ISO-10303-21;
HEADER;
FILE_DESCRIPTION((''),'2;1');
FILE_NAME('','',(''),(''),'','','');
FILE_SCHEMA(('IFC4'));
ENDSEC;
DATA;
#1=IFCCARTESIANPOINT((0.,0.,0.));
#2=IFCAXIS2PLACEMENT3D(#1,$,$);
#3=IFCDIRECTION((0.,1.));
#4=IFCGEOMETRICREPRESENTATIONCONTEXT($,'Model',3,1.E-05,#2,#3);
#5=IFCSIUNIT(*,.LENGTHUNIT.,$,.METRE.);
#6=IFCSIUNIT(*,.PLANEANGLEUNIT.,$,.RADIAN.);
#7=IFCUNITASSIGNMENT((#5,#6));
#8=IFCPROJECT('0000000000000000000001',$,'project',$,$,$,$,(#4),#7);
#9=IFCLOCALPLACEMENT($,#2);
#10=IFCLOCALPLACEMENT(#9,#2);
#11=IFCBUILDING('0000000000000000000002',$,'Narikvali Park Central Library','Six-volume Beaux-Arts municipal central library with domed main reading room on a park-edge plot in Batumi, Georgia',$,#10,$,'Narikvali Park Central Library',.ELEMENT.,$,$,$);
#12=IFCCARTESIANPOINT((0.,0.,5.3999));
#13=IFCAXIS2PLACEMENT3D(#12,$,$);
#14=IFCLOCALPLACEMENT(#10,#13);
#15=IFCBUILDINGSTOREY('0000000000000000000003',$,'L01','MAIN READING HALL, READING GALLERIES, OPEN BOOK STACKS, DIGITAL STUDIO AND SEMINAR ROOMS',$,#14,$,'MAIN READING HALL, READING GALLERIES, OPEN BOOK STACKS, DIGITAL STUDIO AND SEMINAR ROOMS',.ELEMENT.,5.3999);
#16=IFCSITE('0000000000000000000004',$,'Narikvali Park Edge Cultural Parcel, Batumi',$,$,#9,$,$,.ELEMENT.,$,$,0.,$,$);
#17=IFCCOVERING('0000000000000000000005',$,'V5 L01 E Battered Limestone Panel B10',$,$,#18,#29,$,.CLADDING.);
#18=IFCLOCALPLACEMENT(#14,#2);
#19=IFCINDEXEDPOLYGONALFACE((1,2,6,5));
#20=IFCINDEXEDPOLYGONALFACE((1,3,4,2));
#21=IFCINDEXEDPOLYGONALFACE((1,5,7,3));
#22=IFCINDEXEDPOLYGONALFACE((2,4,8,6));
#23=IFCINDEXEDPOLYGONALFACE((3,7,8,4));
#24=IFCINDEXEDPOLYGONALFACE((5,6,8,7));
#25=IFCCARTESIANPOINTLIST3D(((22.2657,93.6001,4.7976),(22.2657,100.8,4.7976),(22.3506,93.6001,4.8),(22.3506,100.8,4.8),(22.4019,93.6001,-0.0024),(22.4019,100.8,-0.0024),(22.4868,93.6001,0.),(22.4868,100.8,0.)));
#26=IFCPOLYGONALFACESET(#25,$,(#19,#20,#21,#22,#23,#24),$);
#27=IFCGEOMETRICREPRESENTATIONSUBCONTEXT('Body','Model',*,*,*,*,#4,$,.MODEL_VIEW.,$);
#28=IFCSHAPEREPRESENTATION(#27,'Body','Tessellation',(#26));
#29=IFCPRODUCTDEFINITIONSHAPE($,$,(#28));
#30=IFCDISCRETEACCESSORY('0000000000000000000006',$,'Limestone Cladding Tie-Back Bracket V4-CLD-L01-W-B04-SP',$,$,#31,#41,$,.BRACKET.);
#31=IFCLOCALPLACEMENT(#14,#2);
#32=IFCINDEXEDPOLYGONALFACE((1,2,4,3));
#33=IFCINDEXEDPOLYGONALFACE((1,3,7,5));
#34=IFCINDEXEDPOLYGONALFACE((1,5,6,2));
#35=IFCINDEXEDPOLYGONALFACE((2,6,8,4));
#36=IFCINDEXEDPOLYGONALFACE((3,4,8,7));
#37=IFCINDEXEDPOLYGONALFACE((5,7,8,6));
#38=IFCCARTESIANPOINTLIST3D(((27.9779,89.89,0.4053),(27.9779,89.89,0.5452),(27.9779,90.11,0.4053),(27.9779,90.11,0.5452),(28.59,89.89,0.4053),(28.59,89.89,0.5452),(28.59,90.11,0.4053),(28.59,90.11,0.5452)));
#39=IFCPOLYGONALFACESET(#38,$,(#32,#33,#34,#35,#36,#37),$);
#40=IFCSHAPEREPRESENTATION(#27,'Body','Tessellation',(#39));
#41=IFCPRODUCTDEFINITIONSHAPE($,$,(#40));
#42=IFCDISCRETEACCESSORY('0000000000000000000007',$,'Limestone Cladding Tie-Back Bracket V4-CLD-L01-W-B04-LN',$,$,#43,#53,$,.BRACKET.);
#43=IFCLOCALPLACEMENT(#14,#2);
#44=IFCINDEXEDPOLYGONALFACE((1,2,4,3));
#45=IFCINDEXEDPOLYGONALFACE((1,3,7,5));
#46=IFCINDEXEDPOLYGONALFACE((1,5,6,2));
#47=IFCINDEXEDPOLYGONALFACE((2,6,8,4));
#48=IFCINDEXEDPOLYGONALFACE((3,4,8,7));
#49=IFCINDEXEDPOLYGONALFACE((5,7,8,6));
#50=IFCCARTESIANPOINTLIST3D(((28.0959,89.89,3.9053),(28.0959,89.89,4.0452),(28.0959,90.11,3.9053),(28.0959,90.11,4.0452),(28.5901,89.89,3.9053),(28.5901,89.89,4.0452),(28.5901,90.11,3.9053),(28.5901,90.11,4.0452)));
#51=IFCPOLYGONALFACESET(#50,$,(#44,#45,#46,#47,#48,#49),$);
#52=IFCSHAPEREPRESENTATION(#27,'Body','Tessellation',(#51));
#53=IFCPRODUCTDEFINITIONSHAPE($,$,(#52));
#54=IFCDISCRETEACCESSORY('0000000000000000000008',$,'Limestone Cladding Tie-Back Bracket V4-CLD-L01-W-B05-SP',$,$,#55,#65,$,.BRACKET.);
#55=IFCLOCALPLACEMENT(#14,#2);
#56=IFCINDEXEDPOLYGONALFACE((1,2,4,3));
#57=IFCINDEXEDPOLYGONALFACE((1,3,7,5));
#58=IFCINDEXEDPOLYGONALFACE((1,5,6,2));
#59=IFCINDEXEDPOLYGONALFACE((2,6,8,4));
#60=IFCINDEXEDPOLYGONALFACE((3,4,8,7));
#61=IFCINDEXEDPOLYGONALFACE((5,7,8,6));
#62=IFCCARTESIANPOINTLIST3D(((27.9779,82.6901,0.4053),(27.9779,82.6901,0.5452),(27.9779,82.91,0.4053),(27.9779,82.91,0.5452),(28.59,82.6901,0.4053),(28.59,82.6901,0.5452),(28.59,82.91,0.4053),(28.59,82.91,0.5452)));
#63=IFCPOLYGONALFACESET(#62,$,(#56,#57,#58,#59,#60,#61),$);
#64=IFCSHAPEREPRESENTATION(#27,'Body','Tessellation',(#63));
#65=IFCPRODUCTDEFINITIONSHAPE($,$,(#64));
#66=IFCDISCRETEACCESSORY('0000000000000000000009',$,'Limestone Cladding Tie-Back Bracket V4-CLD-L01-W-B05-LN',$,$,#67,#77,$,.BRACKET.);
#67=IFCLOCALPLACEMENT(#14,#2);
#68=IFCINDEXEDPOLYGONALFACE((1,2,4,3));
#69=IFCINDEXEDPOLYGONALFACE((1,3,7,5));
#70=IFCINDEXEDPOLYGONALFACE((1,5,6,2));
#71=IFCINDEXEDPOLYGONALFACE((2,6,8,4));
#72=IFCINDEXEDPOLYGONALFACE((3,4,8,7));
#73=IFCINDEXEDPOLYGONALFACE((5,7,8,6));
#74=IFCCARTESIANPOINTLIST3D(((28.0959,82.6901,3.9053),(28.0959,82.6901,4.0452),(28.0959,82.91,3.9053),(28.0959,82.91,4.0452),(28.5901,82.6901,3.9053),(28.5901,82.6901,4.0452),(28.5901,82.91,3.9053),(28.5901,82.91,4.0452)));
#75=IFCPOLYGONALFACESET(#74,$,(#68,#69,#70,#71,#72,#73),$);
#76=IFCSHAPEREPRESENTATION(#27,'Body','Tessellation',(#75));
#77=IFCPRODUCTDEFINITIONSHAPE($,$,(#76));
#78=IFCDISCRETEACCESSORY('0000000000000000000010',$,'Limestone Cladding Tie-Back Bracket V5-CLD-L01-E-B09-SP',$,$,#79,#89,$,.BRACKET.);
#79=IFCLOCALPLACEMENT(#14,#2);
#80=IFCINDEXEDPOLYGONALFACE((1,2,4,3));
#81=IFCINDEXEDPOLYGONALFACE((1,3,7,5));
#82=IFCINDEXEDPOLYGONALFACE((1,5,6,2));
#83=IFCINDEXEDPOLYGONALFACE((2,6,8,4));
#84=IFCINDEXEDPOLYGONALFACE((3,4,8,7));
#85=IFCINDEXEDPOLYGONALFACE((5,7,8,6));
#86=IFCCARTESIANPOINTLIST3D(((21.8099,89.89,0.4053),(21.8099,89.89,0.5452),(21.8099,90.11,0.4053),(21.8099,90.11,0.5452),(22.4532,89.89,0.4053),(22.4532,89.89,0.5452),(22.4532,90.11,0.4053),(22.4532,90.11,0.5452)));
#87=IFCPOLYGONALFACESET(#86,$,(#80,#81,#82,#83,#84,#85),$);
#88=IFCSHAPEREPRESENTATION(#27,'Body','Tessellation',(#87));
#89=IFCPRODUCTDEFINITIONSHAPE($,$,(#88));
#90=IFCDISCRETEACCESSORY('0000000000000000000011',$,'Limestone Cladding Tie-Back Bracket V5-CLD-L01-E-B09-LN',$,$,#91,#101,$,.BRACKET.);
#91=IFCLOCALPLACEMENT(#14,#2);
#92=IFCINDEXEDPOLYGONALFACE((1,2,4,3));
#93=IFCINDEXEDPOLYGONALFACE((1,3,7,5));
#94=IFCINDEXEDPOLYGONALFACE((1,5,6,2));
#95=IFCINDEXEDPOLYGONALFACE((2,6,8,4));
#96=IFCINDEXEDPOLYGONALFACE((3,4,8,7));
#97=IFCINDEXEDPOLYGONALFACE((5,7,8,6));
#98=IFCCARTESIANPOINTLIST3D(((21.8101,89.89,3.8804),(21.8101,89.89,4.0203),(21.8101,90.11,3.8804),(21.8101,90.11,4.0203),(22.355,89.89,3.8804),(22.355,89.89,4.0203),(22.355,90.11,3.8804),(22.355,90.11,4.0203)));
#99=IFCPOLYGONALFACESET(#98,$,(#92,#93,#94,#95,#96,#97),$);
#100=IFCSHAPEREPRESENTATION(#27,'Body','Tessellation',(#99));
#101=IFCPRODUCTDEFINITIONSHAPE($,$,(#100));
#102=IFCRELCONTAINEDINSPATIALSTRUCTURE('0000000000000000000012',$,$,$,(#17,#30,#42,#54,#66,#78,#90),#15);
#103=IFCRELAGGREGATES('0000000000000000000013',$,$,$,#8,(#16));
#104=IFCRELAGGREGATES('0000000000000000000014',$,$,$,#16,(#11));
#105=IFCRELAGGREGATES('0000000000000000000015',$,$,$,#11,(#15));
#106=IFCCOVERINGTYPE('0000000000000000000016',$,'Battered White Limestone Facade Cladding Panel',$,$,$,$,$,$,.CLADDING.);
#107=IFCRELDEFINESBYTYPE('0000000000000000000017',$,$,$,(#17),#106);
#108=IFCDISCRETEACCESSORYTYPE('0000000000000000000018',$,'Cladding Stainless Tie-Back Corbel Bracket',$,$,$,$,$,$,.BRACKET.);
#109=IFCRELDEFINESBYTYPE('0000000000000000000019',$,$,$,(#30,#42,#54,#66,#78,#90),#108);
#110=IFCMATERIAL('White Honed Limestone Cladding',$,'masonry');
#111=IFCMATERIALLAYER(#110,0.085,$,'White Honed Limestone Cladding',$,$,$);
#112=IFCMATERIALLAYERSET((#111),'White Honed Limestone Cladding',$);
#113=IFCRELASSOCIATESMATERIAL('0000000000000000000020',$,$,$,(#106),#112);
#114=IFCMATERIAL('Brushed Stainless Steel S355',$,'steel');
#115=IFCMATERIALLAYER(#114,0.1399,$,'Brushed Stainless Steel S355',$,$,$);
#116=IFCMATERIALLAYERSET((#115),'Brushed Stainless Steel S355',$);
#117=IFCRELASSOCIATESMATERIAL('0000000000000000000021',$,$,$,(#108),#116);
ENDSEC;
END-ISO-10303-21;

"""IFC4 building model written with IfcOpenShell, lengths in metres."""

from ifc_helpers import new_model, si_unit, direction, frame, origin, origin_2d, place, context, subcontext, project, spatial, polyline, rectangle, outline, extrude, material, layer, layer_set, type_object, element, save


model = new_model("IFC4")

# Units and contexts
model_context = context("Model", 3, precision=1e-05, world=origin(), true_north=direction((0.0, 1.0)))
body_context = subcontext(model_context, "Body", "Model", "MODEL_VIEW")
ifc_project = project(units=[si_unit("LENGTHUNIT", "METRE"), si_unit("PLANEANGLEUNIT", "RADIAN")], contexts=[model_context])

# Site, building, storey
site_placement = place(None, origin())
site = spatial("IfcSite", under=ifc_project, at=site_placement, Name="Narikvali Park Edge Cultural Parcel, Batumi", CompositionType="ELEMENT", RefElevation=0.0)
building_placement = place(site_placement, origin())
building = spatial("IfcBuilding", under=site, at=building_placement, Name="Narikvali Park Central Library", Description="Six-volume Beaux-Arts municipal central library with domed main reading room on a park-edge plot in Batumi, Georgia", LongName="Narikvali Park Central Library", CompositionType="ELEMENT")
storey_placement = place(building_placement, frame((0.0, 0.0, 5.3999)))
storey = spatial("IfcBuildingStorey", under=building, at=storey_placement, Name="L01", Description="MAIN READING HALL, READING GALLERIES, OPEN BOOK STACKS, DIGITAL STUDIO AND SEMINAR ROOMS", LongName="MAIN READING HALL, READING GALLERIES, OPEN BOOK STACKS, DIGITAL STUDIO AND SEMINAR ROOMS", CompositionType="ELEMENT", Elevation=5.3999)

# Covering
ifc_material_1 = material(Name="White Honed Limestone Cladding", Category="masonry")
ifc_layer_1 = layer(ifc_material_1, 0.085, Name="White Honed Limestone Cladding")
ifc_layer_set_1 = layer_set([ifc_layer_1], Name="White Honed Limestone Cladding")
covering_type = type_object("IfcCoveringType", Name="Battered White Limestone Facade Cladding Panel", PredefinedType="CLADDING", material=ifc_layer_set_1)
covering_1_placement = place(storey_placement, frame((22.4868, 93.6001, 0.0), z_axis=(0.999598, 0.0, 0.02837), x_axis=(0.0, 1.0, 0.0)))
element("IfcCovering", 1, at=covering_1_placement, inside=storey, type_object=covering_type, Name="V5 L01 E Battered Limestone Panel B10", PredefinedType="CLADDING", context=body_context, shape_type="SweptSolid", body=[
    extrude(outline(polyline([(0.0, 0.0), (7.2, 0.0), (7.2, 4.802), (0.0, 4.802), (0.0, 0.0)])), origin(), (0.0, 0.0, -1.0), 0.085),
])

# Discrete accessories
ifc_material_2 = material(Name="Brushed Stainless Steel S355", Category="steel")
ifc_layer_2 = layer(ifc_material_2, 0.1399, Name="Brushed Stainless Steel S355")
ifc_layer_set_2 = layer_set([ifc_layer_2], Name="Brushed Stainless Steel S355")
discrete_accessory_type = type_object("IfcDiscreteAccessoryType", Name="Cladding Stainless Tie-Back Corbel Bracket", PredefinedType="BRACKET", material=ifc_layer_set_2)
discrete_accessory_1_placement = place(storey_placement, frame((28.2839, 90.0, 0.4053), z_axis=(0.0, 0.0, 1.0), x_axis=(1.0, 0.0, 0.0)))
element("IfcDiscreteAccessory", 2, at=discrete_accessory_1_placement, inside=storey, type_object=discrete_accessory_type, Name="Limestone Cladding Tie-Back Bracket V4-CLD-L01-W-B04-SP", PredefinedType="BRACKET", context=body_context, shape_type="SweptSolid", body=[
    extrude(rectangle(XDim=0.6121, YDim=0.22, at=origin_2d()), origin(), (0.0, 0.0, 1.0), 0.1399),
])
discrete_accessory_2_placement = place(storey_placement, frame((28.343, 90.0, 3.9053), z_axis=(0.0, 0.0, 1.0), x_axis=(1.0, 0.0, 0.0)))
element("IfcDiscreteAccessory", 3, at=discrete_accessory_2_placement, inside=storey, type_object=discrete_accessory_type, Name="Limestone Cladding Tie-Back Bracket V4-CLD-L01-W-B04-LN", PredefinedType="BRACKET", context=body_context, shape_type="SweptSolid", body=[
    extrude(rectangle(XDim=0.4941, YDim=0.22, at=origin_2d()), origin(), (0.0, 0.0, 1.0), 0.1399),
])
discrete_accessory_3_placement = place(storey_placement, frame((28.2839, 82.8, 0.4053), z_axis=(0.0, 0.0, 1.0), x_axis=(1.0, 0.0, 0.0)))
element("IfcDiscreteAccessory", 4, at=discrete_accessory_3_placement, inside=storey, type_object=discrete_accessory_type, Name="Limestone Cladding Tie-Back Bracket V4-CLD-L01-W-B05-SP", PredefinedType="BRACKET", context=body_context, shape_type="SweptSolid", body=[
    extrude(rectangle(XDim=0.6121, YDim=0.22, at=origin_2d()), origin(), (0.0, 0.0, 1.0), 0.1399),
])
discrete_accessory_4_placement = place(storey_placement, frame((28.343, 82.8, 3.9053), z_axis=(0.0, 0.0, 1.0), x_axis=(1.0, 0.0, 0.0)))
element("IfcDiscreteAccessory", 5, at=discrete_accessory_4_placement, inside=storey, type_object=discrete_accessory_type, Name="Limestone Cladding Tie-Back Bracket V4-CLD-L01-W-B05-LN", PredefinedType="BRACKET", context=body_context, shape_type="SweptSolid", body=[
    extrude(rectangle(XDim=0.4941, YDim=0.22, at=origin_2d()), origin(), (0.0, 0.0, 1.0), 0.1399),
])
discrete_accessory_5_placement = place(storey_placement, frame((22.1316, 90.0, 0.4053), z_axis=(0.0, 0.0, 1.0), x_axis=(1.0, 0.0, 0.0)))
element("IfcDiscreteAccessory", 6, at=discrete_accessory_5_placement, inside=storey, type_object=discrete_accessory_type, Name="Limestone Cladding Tie-Back Bracket V5-CLD-L01-E-B09-SP", PredefinedType="BRACKET", context=body_context, shape_type="SweptSolid", body=[
    extrude(rectangle(XDim=0.6433, YDim=0.22, at=origin_2d()), origin(), (0.0, 0.0, 1.0), 0.1399),
])
discrete_accessory_6_placement = place(storey_placement, frame((22.0825, 90.0, 3.8804), z_axis=(0.0, 0.0, 1.0), x_axis=(1.0, 0.0, 0.0)))
element("IfcDiscreteAccessory", 7, at=discrete_accessory_6_placement, inside=storey, type_object=discrete_accessory_type, Name="Limestone Cladding Tie-Back Bracket V5-CLD-L01-E-B09-LN", PredefinedType="BRACKET", context=body_context, shape_type="SweptSolid", body=[
    extrude(rectangle(XDim=0.5449, YDim=0.22, at=origin_2d()), origin(), (0.0, 0.0, 1.0), 0.1399),
])

save(model, "model.ifc")
